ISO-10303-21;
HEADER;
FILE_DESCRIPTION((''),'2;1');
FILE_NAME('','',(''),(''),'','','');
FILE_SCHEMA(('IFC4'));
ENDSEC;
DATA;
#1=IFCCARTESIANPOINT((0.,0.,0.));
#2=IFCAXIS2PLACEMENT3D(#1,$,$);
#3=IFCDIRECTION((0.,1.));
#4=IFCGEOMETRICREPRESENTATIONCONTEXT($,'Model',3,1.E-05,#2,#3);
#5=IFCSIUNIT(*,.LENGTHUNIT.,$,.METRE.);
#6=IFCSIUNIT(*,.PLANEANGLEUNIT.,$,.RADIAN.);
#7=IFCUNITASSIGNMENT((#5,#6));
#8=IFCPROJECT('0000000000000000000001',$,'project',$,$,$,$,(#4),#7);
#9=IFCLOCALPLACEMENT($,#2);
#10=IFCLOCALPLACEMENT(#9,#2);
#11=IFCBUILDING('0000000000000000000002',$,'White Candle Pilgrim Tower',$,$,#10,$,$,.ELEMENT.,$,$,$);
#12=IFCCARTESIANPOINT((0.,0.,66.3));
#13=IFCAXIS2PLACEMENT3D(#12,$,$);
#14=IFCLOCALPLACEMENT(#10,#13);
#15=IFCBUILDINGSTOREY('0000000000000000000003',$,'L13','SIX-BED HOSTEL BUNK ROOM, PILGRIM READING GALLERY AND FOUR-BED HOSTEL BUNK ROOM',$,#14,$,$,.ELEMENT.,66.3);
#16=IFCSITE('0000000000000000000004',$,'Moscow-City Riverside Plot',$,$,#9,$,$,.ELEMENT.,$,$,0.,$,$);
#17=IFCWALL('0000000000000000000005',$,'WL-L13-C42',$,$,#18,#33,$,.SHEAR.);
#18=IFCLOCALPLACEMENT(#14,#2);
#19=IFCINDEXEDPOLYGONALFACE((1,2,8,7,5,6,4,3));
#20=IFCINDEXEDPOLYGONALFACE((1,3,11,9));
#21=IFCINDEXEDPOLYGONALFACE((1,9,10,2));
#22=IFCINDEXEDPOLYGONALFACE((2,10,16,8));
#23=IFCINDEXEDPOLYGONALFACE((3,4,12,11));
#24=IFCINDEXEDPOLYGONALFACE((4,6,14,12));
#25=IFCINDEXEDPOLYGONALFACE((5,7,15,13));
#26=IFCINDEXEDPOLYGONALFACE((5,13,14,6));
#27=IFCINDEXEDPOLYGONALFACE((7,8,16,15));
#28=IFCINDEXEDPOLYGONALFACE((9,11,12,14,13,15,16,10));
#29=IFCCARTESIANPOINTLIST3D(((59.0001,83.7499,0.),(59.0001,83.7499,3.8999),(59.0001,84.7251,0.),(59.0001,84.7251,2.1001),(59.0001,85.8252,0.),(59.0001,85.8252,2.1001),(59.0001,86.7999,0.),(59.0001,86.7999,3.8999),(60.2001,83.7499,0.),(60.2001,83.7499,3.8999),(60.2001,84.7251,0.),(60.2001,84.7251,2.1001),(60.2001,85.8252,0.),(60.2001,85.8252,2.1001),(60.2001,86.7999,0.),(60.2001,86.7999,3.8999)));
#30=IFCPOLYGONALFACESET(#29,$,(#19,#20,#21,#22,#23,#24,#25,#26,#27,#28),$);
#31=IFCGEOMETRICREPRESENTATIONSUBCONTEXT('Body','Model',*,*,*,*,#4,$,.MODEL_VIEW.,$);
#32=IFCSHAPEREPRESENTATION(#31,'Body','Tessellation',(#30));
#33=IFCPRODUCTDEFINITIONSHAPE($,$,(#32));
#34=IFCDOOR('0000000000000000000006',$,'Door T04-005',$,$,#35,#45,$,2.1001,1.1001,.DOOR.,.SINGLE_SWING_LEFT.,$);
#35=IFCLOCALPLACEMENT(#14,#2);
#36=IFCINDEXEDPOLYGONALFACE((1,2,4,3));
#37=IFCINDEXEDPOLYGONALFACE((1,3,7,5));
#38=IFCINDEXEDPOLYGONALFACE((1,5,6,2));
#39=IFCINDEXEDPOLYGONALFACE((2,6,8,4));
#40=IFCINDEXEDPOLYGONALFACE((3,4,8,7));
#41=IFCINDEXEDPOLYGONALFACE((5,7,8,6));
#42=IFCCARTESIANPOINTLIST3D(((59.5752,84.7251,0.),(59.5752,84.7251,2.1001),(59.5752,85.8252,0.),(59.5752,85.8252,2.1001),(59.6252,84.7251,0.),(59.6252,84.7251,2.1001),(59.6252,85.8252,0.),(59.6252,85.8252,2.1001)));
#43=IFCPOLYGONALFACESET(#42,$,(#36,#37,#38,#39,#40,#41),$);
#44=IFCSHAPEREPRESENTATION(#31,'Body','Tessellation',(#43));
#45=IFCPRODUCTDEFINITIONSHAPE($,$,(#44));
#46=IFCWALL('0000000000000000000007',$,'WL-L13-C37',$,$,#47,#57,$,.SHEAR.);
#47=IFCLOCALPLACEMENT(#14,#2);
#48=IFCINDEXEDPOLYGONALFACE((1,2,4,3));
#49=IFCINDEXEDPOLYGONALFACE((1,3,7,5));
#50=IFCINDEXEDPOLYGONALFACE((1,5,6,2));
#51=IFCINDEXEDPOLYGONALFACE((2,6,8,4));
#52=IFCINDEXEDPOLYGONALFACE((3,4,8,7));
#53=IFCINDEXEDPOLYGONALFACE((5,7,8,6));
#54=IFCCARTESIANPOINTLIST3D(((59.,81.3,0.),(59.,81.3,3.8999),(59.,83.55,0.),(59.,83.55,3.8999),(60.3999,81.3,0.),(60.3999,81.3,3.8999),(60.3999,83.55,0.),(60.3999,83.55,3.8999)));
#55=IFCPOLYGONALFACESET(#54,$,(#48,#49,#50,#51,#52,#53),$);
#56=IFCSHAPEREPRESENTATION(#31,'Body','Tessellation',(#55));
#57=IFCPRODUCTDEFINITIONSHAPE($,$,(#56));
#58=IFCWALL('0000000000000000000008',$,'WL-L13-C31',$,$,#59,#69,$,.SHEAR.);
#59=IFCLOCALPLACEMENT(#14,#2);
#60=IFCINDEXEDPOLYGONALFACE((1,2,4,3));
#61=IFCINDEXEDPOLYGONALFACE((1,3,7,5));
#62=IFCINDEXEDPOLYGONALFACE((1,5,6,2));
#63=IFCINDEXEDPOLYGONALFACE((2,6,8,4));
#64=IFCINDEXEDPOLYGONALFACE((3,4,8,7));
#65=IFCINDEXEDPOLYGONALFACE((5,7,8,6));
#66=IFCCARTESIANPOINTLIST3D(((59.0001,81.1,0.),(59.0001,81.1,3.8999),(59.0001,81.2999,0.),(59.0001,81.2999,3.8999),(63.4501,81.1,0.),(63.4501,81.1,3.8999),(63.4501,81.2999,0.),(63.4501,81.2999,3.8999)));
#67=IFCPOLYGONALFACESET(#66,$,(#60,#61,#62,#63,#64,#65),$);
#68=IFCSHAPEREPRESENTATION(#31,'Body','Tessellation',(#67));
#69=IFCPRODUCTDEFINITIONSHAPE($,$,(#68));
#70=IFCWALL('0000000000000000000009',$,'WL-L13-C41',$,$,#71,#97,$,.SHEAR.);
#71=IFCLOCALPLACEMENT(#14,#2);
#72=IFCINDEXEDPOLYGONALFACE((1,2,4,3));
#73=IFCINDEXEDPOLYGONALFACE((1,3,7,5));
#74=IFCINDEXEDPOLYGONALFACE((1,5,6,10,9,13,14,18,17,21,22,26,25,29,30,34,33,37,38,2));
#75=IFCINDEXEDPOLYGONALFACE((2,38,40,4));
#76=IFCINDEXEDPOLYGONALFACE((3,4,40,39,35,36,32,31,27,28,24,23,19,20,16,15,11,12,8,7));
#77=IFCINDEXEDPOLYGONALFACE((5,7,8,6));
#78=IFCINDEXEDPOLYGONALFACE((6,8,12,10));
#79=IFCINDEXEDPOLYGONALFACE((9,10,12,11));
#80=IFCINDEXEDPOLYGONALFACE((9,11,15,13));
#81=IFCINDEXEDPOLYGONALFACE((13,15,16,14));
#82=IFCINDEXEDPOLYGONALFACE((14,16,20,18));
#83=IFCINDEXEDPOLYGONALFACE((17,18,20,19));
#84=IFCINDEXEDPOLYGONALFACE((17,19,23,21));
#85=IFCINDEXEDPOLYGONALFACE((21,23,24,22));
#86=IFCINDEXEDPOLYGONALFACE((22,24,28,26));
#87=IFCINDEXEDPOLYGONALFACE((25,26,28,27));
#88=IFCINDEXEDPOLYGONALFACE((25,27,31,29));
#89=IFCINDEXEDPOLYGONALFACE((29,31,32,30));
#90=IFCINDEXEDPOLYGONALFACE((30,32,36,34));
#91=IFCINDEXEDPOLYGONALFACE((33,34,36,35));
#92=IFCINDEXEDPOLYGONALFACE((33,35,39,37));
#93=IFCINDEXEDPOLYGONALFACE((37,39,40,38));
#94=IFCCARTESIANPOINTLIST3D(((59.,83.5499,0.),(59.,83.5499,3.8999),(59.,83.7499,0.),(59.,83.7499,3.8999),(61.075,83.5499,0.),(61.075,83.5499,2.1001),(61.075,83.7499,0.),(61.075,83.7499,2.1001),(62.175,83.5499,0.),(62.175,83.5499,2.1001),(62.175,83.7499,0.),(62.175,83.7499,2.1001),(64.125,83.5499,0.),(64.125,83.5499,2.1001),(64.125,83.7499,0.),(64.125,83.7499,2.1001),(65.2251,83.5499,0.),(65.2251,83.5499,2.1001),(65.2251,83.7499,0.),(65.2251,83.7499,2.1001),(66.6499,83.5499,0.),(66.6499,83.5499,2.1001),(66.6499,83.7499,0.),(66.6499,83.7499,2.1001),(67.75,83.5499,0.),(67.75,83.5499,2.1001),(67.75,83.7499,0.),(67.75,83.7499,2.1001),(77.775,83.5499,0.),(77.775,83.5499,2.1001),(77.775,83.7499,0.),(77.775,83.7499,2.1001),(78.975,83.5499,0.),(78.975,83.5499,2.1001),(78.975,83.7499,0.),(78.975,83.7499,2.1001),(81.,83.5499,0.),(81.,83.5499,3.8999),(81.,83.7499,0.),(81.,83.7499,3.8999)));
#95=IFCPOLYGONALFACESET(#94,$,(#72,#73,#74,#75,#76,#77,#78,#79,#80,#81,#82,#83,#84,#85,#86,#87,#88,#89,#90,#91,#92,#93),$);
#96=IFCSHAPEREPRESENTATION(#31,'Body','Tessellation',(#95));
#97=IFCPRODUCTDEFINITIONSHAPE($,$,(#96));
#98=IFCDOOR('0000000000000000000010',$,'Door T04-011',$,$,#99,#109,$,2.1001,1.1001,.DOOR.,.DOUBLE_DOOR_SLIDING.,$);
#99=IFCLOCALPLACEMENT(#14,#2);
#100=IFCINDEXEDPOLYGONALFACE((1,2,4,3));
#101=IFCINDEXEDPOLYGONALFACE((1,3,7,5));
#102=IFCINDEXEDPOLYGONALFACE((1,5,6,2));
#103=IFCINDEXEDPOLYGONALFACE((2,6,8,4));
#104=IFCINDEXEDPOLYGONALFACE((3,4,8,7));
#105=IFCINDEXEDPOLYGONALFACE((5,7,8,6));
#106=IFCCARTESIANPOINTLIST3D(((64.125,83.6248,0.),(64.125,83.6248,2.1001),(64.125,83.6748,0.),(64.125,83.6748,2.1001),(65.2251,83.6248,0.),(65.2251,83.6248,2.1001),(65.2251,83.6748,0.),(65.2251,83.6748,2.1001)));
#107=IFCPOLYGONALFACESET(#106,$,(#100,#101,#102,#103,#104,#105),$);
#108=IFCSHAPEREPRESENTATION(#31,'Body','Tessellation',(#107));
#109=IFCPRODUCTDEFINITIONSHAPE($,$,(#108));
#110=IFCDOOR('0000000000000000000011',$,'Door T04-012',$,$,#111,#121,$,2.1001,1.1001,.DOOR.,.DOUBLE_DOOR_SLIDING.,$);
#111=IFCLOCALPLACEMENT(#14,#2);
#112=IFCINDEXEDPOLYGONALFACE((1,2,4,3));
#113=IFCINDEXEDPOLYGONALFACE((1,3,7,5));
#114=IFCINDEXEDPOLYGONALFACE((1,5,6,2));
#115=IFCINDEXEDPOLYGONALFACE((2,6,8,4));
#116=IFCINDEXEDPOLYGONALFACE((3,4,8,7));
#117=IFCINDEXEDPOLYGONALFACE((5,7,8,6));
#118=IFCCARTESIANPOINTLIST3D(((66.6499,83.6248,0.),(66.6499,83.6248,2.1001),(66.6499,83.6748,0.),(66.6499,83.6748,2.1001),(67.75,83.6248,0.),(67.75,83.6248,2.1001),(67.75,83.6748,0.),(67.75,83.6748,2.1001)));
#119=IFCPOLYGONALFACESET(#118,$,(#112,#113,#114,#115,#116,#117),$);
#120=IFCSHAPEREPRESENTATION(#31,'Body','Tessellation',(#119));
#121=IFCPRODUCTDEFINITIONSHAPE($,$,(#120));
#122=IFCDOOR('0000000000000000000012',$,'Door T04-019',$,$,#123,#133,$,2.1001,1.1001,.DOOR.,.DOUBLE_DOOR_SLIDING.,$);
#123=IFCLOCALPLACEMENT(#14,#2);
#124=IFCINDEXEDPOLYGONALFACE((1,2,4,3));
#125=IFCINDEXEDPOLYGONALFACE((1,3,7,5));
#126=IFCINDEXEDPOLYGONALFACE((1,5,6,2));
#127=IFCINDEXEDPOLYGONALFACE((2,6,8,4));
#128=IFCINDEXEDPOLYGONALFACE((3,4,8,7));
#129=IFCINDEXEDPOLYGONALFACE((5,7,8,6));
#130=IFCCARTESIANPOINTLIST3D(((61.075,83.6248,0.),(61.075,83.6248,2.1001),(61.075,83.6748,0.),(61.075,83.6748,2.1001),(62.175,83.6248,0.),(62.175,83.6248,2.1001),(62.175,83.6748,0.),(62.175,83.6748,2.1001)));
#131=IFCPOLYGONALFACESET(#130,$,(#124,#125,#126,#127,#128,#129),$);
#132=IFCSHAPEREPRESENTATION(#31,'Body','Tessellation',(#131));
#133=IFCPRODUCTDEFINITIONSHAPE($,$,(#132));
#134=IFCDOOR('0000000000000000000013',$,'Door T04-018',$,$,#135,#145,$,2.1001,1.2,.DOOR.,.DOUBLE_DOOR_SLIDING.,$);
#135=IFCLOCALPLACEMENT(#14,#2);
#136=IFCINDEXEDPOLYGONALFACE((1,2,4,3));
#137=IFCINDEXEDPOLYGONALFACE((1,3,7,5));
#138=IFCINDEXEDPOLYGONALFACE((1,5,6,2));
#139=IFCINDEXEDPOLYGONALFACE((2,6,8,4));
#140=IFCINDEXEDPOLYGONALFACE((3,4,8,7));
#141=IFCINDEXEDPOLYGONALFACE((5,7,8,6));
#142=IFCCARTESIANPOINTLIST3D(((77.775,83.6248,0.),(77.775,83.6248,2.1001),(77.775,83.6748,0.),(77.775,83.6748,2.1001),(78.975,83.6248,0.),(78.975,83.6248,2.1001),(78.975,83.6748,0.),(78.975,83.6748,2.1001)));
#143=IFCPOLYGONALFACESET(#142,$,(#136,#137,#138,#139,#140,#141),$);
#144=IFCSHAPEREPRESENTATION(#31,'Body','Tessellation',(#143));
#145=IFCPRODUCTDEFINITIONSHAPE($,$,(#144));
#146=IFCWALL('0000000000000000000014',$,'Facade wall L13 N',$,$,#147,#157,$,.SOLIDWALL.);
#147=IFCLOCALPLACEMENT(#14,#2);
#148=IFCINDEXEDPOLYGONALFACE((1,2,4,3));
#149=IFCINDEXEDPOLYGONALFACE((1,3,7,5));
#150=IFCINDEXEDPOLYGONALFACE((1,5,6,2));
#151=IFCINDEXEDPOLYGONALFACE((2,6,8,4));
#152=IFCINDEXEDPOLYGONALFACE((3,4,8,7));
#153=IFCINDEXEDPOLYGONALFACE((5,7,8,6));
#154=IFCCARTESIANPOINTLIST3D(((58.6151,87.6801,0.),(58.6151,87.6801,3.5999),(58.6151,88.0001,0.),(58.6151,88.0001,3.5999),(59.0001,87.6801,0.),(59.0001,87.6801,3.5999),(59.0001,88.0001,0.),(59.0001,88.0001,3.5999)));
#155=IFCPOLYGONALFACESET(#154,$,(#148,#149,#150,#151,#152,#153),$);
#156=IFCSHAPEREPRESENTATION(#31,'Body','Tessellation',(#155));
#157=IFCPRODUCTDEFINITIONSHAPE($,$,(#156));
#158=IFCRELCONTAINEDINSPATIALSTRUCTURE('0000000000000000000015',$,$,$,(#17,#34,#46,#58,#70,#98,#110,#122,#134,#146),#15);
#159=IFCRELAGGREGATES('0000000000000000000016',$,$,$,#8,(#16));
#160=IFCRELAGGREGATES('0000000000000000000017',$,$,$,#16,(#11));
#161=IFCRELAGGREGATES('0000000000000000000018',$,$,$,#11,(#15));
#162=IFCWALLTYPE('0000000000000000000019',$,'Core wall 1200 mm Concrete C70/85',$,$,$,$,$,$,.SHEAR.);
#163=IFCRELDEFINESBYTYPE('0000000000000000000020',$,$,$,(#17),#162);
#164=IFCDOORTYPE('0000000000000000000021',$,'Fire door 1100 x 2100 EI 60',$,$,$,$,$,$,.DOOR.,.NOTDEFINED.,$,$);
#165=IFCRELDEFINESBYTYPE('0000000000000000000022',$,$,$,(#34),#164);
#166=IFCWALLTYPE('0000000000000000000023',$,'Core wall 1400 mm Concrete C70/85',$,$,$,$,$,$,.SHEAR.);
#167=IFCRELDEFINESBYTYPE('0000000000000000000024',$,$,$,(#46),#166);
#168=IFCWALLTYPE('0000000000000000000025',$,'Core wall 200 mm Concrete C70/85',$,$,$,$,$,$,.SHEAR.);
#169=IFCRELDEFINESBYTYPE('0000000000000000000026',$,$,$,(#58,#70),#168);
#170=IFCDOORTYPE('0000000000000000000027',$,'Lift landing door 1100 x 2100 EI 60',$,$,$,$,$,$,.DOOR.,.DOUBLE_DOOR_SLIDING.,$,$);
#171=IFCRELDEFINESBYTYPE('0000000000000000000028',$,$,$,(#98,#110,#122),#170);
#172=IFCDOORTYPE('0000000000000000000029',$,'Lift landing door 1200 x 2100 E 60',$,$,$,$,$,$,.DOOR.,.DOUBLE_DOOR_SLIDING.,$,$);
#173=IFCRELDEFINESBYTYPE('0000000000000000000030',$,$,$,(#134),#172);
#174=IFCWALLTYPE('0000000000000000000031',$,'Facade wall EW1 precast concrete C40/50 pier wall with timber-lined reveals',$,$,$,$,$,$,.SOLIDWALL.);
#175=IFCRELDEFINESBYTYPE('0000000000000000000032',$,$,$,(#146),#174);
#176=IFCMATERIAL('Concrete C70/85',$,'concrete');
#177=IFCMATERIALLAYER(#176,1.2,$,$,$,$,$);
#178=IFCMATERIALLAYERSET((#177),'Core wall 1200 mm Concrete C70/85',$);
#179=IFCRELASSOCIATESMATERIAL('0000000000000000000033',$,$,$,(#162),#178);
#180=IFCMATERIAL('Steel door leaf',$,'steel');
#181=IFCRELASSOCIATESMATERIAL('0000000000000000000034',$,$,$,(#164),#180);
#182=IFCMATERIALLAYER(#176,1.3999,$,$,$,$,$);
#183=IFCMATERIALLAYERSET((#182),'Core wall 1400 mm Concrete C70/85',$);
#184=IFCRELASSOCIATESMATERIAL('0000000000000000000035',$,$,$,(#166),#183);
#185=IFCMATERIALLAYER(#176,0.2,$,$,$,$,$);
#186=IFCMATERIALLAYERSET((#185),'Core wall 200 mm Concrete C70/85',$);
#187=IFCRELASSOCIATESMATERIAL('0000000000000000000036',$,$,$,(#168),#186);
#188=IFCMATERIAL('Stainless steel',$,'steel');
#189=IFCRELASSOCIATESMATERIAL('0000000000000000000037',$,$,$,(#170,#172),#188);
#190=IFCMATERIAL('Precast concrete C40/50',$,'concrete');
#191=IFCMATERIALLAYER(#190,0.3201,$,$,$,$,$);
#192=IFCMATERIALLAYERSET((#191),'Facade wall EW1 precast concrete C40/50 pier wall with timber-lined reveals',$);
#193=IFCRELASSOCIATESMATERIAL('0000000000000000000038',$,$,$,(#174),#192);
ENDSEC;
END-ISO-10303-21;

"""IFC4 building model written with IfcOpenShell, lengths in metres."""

from ifc_helpers import new_model, si_unit, direction, frame, frame_2d, origin, place, context, subcontext, project, spatial, rectangle, extrude, material, layer, layer_set, type_object, element, fill, save


model = new_model("IFC4")

# Units and contexts
model_context = context("Model", 3, precision=1e-05, world=origin(), true_north=direction((0.0, 1.0)))
body_context = subcontext(model_context, "Body", "Model", "MODEL_VIEW")
ifc_project = project(units=[si_unit("LENGTHUNIT", "METRE"), si_unit("PLANEANGLEUNIT", "RADIAN")], contexts=[model_context])

# Site, building, storey
site_placement = place(None, origin())
site = spatial("IfcSite", under=ifc_project, at=site_placement, Name="Moscow-City Riverside Plot", CompositionType="ELEMENT", RefElevation=0.0)
building_placement = place(site_placement, origin())
building = spatial("IfcBuilding", under=site, at=building_placement, Name="White Candle Pilgrim Tower", CompositionType="ELEMENT")
storey_placement = place(building_placement, frame((0.0, 0.0, 66.3)))
storey = spatial("IfcBuildingStorey", under=building, at=storey_placement, Name="L13", Description="SIX-BED HOSTEL BUNK ROOM, PILGRIM READING GALLERY AND FOUR-BED HOSTEL BUNK ROOM", CompositionType="ELEMENT", Elevation=66.3)

# Wall, opening, door
ifc_material_1 = material(Name="Concrete C70/85", Category="concrete")
ifc_layer_1 = layer(ifc_material_1, 1.2)
ifc_layer_set_1 = layer_set([ifc_layer_1], Name="Core wall 1200 mm Concrete C70/85")
wall_type_1 = type_object("IfcWallType", Name="Core wall 1200 mm Concrete C70/85", PredefinedType="SHEAR", material=ifc_layer_set_1)
wall_1_placement = place(storey_placement, frame((59.6001, 83.75, 0.0), z_axis=(0.0, 0.0, 1.0), x_axis=(0.0, 1.0, 0.0)))
wall_1 = element("IfcWall", 1, at=wall_1_placement, inside=storey, type_object=wall_type_1, Name="WL-L13-C42", PredefinedType="SHEAR", context=body_context, shape_type="SweptSolid", body=[
    extrude(rectangle(XDim=3.05, YDim=1.2, at=frame_2d((1.5249, 0.0))), origin(), (0.0, 0.0, 1.0), 3.8999),
])
opening_1_placement = place(wall_1_placement, frame((0.9751, 0.0, 0.0)))
opening_1 = element("IfcOpeningElement", 2, at=opening_1_placement, cuts=wall_1, PredefinedType="OPENING", context=body_context, shape_type="SweptSolid", body=[
    extrude(rectangle(XDim=1.1001, YDim=2.1001, at=frame_2d((0.55, 1.05))), frame((0.0, 0.6099, 0.0), z_axis=(0.0, -1.0, 0.0), x_axis=(1.0, 0.0, 0.0)), (0.0, 0.0, 1.0), 1.22),
])
ifc_material_2 = material(Name="Steel door leaf", Category="steel")
door_type_1 = type_object("IfcDoorType", Name="Fire door 1100 x 2100 EI 60", OperationType="NOTDEFINED", PredefinedType="DOOR", material=ifc_material_2)
door_1_placement = place(opening_1_placement, origin())
door_1 = element("IfcDoor", 3, at=door_1_placement, inside=storey, type_object=door_type_1, Name="Door T04-005", OperationType="SINGLE_SWING_LEFT", OverallHeight=2.1001, OverallWidth=1.1001, PredefinedType="DOOR", context=body_context, shape_type="SweptSolid", body=[
    extrude(rectangle(XDim=1.1001, YDim=2.1001, at=frame_2d((0.55, 1.05))), frame((0.0, 0.0249, 0.0), z_axis=(0.0, -1.0, 0.0), x_axis=(1.0, 0.0, 0.0)), (0.0, 0.0, 1.0), 0.05),
])
fill(opening_1, door_1)

# Walls
ifc_layer_2 = layer(ifc_material_1, 1.3999)
ifc_layer_set_2 = layer_set([ifc_layer_2], Name="Core wall 1400 mm Concrete C70/85")
wall_type_2 = type_object("IfcWallType", Name="Core wall 1400 mm Concrete C70/85", PredefinedType="SHEAR", material=ifc_layer_set_2)
wall_2_placement = place(storey_placement, frame((59.7, 81.3, 0.0), z_axis=(0.0, 0.0, 1.0), x_axis=(0.0, 1.0, 0.0)))
element("IfcWall", 4, at=wall_2_placement, inside=storey, type_object=wall_type_2, Name="WL-L13-C37", PredefinedType="SHEAR", context=body_context, shape_type="SweptSolid", body=[
    extrude(rectangle(XDim=2.25, YDim=1.3999, at=frame_2d((1.125, 0.0))), origin(), (0.0, 0.0, 1.0), 3.8999),
])
ifc_layer_3 = layer(ifc_material_1, 0.2)
ifc_layer_set_3 = layer_set([ifc_layer_3], Name="Core wall 200 mm Concrete C70/85")
wall_type_3 = type_object("IfcWallType", Name="Core wall 200 mm Concrete C70/85", PredefinedType="SHEAR", material=ifc_layer_set_3)
wall_3_placement = place(storey_placement, frame((59.0, 81.2, 0.0), z_axis=(0.0, 0.0, 1.0), x_axis=(1.0, 0.0, 0.0)))
element("IfcWall", 5, at=wall_3_placement, inside=storey, type_object=wall_type_3, Name="WL-L13-C31", PredefinedType="SHEAR", context=body_context, shape_type="SweptSolid", body=[
    extrude(rectangle(XDim=4.45, YDim=0.2, at=frame_2d((2.2251, 0.0))), origin(), (0.0, 0.0, 1.0), 3.8999),
])

# Wall, openings, doors
wall_4_placement = place(storey_placement, frame((59.0, 83.6499, 0.0), z_axis=(0.0, 0.0, 1.0), x_axis=(1.0, 0.0, 0.0)))
wall_4 = element("IfcWall", 6, at=wall_4_placement, inside=storey, type_object=wall_type_3, Name="WL-L13-C41", PredefinedType="SHEAR", context=body_context, shape_type="SweptSolid", body=[
    extrude(rectangle(XDim=22.0, YDim=0.2, at=frame_2d((11.0, 0.0))), origin(), (0.0, 0.0, 1.0), 3.8999),
])
opening_2_placement = place(wall_4_placement, frame((5.125, 0.0, 0.0)))
opening_2 = element("IfcOpeningElement", 7, at=opening_2_placement, cuts=wall_4, PredefinedType="OPENING", context=body_context, shape_type="SweptSolid", body=[
    extrude(rectangle(XDim=1.1001, YDim=2.1001, at=frame_2d((0.55, 1.05))), frame((0.0, 0.1099, 0.0), z_axis=(0.0, -1.0, 0.0), x_axis=(1.0, 0.0, 0.0)), (0.0, 0.0, 1.0), 0.22),
])
opening_3_placement = place(wall_4_placement, frame((7.6499, 0.0, 0.0)))
opening_3 = element("IfcOpeningElement", 8, at=opening_3_placement, cuts=wall_4, PredefinedType="OPENING", context=body_context, shape_type="SweptSolid", body=[
    extrude(rectangle(XDim=1.1001, YDim=2.1001, at=frame_2d((0.55, 1.05))), frame((0.0, 0.1099, 0.0), z_axis=(0.0, -1.0, 0.0), x_axis=(1.0, 0.0, 0.0)), (0.0, 0.0, 1.0), 0.22),
])
opening_4_placement = place(wall_4_placement, frame((18.7749, 0.0, 0.0)))
opening_4 = element("IfcOpeningElement", 9, at=opening_4_placement, cuts=wall_4, PredefinedType="OPENING", context=body_context, shape_type="SweptSolid", body=[
    extrude(rectangle(XDim=1.2, YDim=2.1001, at=frame_2d((0.6001, 1.05))), frame((0.0, 0.1099, 0.0), z_axis=(0.0, -1.0, 0.0), x_axis=(1.0, 0.0, 0.0)), (0.0, 0.0, 1.0), 0.22),
])
opening_5_placement = place(wall_4_placement, frame((2.075, 0.0, 0.0)))
opening_5 = element("IfcOpeningElement", 10, at=opening_5_placement, cuts=wall_4, PredefinedType="OPENING", context=body_context, shape_type="SweptSolid", body=[
    extrude(rectangle(XDim=1.1001, YDim=2.1001, at=frame_2d((0.55, 1.05))), frame((0.0, 0.1099, 0.0), z_axis=(0.0, -1.0, 0.0), x_axis=(1.0, 0.0, 0.0)), (0.0, 0.0, 1.0), 0.22),
])
ifc_material_3 = material(Name="Stainless steel", Category="steel")
door_type_2 = type_object("IfcDoorType", Name="Lift landing door 1100 x 2100 EI 60", OperationType="DOUBLE_DOOR_SLIDING", PredefinedType="DOOR", material=ifc_material_3)
door_2_placement = place(opening_2_placement, origin())
door_2 = element("IfcDoor", 11, at=door_2_placement, inside=storey, type_object=door_type_2, Name="Door T04-011", OperationType="DOUBLE_DOOR_SLIDING", OverallHeight=2.1001, OverallWidth=1.1001, PredefinedType="DOOR", context=body_context, shape_type="SweptSolid", body=[
    extrude(rectangle(XDim=1.1001, YDim=2.1001, at=frame_2d((0.55, 1.05))), frame((0.0, 0.0249, 0.0), z_axis=(0.0, -1.0, 0.0), x_axis=(1.0, 0.0, 0.0)), (0.0, 0.0, 1.0), 0.05),
])
fill(opening_2, door_2)
door_3_placement = place(opening_3_placement, origin())
door_3 = element("IfcDoor", 12, at=door_3_placement, inside=storey, type_object=door_type_2, Name="Door T04-012", OperationType="DOUBLE_DOOR_SLIDING", OverallHeight=2.1001, OverallWidth=1.1001, PredefinedType="DOOR", context=body_context, shape_type="SweptSolid", body=[
    extrude(rectangle(XDim=1.1001, YDim=2.1001, at=frame_2d((0.55, 1.05))), frame((0.0, 0.0249, 0.0), z_axis=(0.0, -1.0, 0.0), x_axis=(1.0, 0.0, 0.0)), (0.0, 0.0, 1.0), 0.05),
])
fill(opening_3, door_3)
door_4_placement = place(opening_5_placement, origin())
door_4 = element("IfcDoor", 13, at=door_4_placement, inside=storey, type_object=door_type_2, Name="Door T04-019", OperationType="DOUBLE_DOOR_SLIDING", OverallHeight=2.1001, OverallWidth=1.1001, PredefinedType="DOOR", context=body_context, shape_type="SweptSolid", body=[
    extrude(rectangle(XDim=1.1001, YDim=2.1001, at=frame_2d((0.55, 1.05))), frame((0.0, 0.0249, 0.0), z_axis=(0.0, -1.0, 0.0), x_axis=(1.0, 0.0, 0.0)), (0.0, 0.0, 1.0), 0.05),
])
fill(opening_5, door_4)
door_type_3 = type_object("IfcDoorType", Name="Lift landing door 1200 x 2100 E 60", OperationType="DOUBLE_DOOR_SLIDING", PredefinedType="DOOR", material=ifc_material_3)
door_5_placement = place(opening_4_placement, origin())
door_5 = element("IfcDoor", 14, at=door_5_placement, inside=storey, type_object=door_type_3, Name="Door T04-018", OperationType="DOUBLE_DOOR_SLIDING", OverallHeight=2.1001, OverallWidth=1.2, PredefinedType="DOOR", context=body_context, shape_type="SweptSolid", body=[
    extrude(rectangle(XDim=1.2, YDim=2.1001, at=frame_2d((0.6001, 1.05))), frame((0.0, 0.0249, 0.0), z_axis=(0.0, -1.0, 0.0), x_axis=(1.0, 0.0, 0.0)), (0.0, 0.0, 1.0), 0.05),
])
fill(opening_4, door_5)

# Wall
ifc_material_4 = material(Name="Precast concrete C40/50", Category="concrete")
ifc_layer_4 = layer(ifc_material_4, 0.3201)
ifc_layer_set_4 = layer_set([ifc_layer_4], Name="Facade wall EW1 precast concrete C40/50 pier wall with timber-lined reveals")
wall_type_4 = type_object("IfcWallType", Name="Facade wall EW1 precast concrete C40/50 pier wall with timber-lined reveals", PredefinedType="SOLIDWALL", material=ifc_layer_set_4)
wall_5_placement = place(storey_placement, frame((59.0, 87.8401, 0.0), z_axis=(0.0, 0.0, 1.0), x_axis=(-1.0, 0.0, 0.0)))
element("IfcWall", 15, at=wall_5_placement, inside=storey, type_object=wall_type_4, Name="Facade wall L13 N", PredefinedType="SOLIDWALL", context=body_context, shape_type="SweptSolid", body=[
    extrude(rectangle(XDim=0.385, YDim=0.3201, at=frame_2d((0.1924, 0.0))), origin(), (0.0, 0.0, 1.0), 3.5999),
])

save(model, "model.ifc")
